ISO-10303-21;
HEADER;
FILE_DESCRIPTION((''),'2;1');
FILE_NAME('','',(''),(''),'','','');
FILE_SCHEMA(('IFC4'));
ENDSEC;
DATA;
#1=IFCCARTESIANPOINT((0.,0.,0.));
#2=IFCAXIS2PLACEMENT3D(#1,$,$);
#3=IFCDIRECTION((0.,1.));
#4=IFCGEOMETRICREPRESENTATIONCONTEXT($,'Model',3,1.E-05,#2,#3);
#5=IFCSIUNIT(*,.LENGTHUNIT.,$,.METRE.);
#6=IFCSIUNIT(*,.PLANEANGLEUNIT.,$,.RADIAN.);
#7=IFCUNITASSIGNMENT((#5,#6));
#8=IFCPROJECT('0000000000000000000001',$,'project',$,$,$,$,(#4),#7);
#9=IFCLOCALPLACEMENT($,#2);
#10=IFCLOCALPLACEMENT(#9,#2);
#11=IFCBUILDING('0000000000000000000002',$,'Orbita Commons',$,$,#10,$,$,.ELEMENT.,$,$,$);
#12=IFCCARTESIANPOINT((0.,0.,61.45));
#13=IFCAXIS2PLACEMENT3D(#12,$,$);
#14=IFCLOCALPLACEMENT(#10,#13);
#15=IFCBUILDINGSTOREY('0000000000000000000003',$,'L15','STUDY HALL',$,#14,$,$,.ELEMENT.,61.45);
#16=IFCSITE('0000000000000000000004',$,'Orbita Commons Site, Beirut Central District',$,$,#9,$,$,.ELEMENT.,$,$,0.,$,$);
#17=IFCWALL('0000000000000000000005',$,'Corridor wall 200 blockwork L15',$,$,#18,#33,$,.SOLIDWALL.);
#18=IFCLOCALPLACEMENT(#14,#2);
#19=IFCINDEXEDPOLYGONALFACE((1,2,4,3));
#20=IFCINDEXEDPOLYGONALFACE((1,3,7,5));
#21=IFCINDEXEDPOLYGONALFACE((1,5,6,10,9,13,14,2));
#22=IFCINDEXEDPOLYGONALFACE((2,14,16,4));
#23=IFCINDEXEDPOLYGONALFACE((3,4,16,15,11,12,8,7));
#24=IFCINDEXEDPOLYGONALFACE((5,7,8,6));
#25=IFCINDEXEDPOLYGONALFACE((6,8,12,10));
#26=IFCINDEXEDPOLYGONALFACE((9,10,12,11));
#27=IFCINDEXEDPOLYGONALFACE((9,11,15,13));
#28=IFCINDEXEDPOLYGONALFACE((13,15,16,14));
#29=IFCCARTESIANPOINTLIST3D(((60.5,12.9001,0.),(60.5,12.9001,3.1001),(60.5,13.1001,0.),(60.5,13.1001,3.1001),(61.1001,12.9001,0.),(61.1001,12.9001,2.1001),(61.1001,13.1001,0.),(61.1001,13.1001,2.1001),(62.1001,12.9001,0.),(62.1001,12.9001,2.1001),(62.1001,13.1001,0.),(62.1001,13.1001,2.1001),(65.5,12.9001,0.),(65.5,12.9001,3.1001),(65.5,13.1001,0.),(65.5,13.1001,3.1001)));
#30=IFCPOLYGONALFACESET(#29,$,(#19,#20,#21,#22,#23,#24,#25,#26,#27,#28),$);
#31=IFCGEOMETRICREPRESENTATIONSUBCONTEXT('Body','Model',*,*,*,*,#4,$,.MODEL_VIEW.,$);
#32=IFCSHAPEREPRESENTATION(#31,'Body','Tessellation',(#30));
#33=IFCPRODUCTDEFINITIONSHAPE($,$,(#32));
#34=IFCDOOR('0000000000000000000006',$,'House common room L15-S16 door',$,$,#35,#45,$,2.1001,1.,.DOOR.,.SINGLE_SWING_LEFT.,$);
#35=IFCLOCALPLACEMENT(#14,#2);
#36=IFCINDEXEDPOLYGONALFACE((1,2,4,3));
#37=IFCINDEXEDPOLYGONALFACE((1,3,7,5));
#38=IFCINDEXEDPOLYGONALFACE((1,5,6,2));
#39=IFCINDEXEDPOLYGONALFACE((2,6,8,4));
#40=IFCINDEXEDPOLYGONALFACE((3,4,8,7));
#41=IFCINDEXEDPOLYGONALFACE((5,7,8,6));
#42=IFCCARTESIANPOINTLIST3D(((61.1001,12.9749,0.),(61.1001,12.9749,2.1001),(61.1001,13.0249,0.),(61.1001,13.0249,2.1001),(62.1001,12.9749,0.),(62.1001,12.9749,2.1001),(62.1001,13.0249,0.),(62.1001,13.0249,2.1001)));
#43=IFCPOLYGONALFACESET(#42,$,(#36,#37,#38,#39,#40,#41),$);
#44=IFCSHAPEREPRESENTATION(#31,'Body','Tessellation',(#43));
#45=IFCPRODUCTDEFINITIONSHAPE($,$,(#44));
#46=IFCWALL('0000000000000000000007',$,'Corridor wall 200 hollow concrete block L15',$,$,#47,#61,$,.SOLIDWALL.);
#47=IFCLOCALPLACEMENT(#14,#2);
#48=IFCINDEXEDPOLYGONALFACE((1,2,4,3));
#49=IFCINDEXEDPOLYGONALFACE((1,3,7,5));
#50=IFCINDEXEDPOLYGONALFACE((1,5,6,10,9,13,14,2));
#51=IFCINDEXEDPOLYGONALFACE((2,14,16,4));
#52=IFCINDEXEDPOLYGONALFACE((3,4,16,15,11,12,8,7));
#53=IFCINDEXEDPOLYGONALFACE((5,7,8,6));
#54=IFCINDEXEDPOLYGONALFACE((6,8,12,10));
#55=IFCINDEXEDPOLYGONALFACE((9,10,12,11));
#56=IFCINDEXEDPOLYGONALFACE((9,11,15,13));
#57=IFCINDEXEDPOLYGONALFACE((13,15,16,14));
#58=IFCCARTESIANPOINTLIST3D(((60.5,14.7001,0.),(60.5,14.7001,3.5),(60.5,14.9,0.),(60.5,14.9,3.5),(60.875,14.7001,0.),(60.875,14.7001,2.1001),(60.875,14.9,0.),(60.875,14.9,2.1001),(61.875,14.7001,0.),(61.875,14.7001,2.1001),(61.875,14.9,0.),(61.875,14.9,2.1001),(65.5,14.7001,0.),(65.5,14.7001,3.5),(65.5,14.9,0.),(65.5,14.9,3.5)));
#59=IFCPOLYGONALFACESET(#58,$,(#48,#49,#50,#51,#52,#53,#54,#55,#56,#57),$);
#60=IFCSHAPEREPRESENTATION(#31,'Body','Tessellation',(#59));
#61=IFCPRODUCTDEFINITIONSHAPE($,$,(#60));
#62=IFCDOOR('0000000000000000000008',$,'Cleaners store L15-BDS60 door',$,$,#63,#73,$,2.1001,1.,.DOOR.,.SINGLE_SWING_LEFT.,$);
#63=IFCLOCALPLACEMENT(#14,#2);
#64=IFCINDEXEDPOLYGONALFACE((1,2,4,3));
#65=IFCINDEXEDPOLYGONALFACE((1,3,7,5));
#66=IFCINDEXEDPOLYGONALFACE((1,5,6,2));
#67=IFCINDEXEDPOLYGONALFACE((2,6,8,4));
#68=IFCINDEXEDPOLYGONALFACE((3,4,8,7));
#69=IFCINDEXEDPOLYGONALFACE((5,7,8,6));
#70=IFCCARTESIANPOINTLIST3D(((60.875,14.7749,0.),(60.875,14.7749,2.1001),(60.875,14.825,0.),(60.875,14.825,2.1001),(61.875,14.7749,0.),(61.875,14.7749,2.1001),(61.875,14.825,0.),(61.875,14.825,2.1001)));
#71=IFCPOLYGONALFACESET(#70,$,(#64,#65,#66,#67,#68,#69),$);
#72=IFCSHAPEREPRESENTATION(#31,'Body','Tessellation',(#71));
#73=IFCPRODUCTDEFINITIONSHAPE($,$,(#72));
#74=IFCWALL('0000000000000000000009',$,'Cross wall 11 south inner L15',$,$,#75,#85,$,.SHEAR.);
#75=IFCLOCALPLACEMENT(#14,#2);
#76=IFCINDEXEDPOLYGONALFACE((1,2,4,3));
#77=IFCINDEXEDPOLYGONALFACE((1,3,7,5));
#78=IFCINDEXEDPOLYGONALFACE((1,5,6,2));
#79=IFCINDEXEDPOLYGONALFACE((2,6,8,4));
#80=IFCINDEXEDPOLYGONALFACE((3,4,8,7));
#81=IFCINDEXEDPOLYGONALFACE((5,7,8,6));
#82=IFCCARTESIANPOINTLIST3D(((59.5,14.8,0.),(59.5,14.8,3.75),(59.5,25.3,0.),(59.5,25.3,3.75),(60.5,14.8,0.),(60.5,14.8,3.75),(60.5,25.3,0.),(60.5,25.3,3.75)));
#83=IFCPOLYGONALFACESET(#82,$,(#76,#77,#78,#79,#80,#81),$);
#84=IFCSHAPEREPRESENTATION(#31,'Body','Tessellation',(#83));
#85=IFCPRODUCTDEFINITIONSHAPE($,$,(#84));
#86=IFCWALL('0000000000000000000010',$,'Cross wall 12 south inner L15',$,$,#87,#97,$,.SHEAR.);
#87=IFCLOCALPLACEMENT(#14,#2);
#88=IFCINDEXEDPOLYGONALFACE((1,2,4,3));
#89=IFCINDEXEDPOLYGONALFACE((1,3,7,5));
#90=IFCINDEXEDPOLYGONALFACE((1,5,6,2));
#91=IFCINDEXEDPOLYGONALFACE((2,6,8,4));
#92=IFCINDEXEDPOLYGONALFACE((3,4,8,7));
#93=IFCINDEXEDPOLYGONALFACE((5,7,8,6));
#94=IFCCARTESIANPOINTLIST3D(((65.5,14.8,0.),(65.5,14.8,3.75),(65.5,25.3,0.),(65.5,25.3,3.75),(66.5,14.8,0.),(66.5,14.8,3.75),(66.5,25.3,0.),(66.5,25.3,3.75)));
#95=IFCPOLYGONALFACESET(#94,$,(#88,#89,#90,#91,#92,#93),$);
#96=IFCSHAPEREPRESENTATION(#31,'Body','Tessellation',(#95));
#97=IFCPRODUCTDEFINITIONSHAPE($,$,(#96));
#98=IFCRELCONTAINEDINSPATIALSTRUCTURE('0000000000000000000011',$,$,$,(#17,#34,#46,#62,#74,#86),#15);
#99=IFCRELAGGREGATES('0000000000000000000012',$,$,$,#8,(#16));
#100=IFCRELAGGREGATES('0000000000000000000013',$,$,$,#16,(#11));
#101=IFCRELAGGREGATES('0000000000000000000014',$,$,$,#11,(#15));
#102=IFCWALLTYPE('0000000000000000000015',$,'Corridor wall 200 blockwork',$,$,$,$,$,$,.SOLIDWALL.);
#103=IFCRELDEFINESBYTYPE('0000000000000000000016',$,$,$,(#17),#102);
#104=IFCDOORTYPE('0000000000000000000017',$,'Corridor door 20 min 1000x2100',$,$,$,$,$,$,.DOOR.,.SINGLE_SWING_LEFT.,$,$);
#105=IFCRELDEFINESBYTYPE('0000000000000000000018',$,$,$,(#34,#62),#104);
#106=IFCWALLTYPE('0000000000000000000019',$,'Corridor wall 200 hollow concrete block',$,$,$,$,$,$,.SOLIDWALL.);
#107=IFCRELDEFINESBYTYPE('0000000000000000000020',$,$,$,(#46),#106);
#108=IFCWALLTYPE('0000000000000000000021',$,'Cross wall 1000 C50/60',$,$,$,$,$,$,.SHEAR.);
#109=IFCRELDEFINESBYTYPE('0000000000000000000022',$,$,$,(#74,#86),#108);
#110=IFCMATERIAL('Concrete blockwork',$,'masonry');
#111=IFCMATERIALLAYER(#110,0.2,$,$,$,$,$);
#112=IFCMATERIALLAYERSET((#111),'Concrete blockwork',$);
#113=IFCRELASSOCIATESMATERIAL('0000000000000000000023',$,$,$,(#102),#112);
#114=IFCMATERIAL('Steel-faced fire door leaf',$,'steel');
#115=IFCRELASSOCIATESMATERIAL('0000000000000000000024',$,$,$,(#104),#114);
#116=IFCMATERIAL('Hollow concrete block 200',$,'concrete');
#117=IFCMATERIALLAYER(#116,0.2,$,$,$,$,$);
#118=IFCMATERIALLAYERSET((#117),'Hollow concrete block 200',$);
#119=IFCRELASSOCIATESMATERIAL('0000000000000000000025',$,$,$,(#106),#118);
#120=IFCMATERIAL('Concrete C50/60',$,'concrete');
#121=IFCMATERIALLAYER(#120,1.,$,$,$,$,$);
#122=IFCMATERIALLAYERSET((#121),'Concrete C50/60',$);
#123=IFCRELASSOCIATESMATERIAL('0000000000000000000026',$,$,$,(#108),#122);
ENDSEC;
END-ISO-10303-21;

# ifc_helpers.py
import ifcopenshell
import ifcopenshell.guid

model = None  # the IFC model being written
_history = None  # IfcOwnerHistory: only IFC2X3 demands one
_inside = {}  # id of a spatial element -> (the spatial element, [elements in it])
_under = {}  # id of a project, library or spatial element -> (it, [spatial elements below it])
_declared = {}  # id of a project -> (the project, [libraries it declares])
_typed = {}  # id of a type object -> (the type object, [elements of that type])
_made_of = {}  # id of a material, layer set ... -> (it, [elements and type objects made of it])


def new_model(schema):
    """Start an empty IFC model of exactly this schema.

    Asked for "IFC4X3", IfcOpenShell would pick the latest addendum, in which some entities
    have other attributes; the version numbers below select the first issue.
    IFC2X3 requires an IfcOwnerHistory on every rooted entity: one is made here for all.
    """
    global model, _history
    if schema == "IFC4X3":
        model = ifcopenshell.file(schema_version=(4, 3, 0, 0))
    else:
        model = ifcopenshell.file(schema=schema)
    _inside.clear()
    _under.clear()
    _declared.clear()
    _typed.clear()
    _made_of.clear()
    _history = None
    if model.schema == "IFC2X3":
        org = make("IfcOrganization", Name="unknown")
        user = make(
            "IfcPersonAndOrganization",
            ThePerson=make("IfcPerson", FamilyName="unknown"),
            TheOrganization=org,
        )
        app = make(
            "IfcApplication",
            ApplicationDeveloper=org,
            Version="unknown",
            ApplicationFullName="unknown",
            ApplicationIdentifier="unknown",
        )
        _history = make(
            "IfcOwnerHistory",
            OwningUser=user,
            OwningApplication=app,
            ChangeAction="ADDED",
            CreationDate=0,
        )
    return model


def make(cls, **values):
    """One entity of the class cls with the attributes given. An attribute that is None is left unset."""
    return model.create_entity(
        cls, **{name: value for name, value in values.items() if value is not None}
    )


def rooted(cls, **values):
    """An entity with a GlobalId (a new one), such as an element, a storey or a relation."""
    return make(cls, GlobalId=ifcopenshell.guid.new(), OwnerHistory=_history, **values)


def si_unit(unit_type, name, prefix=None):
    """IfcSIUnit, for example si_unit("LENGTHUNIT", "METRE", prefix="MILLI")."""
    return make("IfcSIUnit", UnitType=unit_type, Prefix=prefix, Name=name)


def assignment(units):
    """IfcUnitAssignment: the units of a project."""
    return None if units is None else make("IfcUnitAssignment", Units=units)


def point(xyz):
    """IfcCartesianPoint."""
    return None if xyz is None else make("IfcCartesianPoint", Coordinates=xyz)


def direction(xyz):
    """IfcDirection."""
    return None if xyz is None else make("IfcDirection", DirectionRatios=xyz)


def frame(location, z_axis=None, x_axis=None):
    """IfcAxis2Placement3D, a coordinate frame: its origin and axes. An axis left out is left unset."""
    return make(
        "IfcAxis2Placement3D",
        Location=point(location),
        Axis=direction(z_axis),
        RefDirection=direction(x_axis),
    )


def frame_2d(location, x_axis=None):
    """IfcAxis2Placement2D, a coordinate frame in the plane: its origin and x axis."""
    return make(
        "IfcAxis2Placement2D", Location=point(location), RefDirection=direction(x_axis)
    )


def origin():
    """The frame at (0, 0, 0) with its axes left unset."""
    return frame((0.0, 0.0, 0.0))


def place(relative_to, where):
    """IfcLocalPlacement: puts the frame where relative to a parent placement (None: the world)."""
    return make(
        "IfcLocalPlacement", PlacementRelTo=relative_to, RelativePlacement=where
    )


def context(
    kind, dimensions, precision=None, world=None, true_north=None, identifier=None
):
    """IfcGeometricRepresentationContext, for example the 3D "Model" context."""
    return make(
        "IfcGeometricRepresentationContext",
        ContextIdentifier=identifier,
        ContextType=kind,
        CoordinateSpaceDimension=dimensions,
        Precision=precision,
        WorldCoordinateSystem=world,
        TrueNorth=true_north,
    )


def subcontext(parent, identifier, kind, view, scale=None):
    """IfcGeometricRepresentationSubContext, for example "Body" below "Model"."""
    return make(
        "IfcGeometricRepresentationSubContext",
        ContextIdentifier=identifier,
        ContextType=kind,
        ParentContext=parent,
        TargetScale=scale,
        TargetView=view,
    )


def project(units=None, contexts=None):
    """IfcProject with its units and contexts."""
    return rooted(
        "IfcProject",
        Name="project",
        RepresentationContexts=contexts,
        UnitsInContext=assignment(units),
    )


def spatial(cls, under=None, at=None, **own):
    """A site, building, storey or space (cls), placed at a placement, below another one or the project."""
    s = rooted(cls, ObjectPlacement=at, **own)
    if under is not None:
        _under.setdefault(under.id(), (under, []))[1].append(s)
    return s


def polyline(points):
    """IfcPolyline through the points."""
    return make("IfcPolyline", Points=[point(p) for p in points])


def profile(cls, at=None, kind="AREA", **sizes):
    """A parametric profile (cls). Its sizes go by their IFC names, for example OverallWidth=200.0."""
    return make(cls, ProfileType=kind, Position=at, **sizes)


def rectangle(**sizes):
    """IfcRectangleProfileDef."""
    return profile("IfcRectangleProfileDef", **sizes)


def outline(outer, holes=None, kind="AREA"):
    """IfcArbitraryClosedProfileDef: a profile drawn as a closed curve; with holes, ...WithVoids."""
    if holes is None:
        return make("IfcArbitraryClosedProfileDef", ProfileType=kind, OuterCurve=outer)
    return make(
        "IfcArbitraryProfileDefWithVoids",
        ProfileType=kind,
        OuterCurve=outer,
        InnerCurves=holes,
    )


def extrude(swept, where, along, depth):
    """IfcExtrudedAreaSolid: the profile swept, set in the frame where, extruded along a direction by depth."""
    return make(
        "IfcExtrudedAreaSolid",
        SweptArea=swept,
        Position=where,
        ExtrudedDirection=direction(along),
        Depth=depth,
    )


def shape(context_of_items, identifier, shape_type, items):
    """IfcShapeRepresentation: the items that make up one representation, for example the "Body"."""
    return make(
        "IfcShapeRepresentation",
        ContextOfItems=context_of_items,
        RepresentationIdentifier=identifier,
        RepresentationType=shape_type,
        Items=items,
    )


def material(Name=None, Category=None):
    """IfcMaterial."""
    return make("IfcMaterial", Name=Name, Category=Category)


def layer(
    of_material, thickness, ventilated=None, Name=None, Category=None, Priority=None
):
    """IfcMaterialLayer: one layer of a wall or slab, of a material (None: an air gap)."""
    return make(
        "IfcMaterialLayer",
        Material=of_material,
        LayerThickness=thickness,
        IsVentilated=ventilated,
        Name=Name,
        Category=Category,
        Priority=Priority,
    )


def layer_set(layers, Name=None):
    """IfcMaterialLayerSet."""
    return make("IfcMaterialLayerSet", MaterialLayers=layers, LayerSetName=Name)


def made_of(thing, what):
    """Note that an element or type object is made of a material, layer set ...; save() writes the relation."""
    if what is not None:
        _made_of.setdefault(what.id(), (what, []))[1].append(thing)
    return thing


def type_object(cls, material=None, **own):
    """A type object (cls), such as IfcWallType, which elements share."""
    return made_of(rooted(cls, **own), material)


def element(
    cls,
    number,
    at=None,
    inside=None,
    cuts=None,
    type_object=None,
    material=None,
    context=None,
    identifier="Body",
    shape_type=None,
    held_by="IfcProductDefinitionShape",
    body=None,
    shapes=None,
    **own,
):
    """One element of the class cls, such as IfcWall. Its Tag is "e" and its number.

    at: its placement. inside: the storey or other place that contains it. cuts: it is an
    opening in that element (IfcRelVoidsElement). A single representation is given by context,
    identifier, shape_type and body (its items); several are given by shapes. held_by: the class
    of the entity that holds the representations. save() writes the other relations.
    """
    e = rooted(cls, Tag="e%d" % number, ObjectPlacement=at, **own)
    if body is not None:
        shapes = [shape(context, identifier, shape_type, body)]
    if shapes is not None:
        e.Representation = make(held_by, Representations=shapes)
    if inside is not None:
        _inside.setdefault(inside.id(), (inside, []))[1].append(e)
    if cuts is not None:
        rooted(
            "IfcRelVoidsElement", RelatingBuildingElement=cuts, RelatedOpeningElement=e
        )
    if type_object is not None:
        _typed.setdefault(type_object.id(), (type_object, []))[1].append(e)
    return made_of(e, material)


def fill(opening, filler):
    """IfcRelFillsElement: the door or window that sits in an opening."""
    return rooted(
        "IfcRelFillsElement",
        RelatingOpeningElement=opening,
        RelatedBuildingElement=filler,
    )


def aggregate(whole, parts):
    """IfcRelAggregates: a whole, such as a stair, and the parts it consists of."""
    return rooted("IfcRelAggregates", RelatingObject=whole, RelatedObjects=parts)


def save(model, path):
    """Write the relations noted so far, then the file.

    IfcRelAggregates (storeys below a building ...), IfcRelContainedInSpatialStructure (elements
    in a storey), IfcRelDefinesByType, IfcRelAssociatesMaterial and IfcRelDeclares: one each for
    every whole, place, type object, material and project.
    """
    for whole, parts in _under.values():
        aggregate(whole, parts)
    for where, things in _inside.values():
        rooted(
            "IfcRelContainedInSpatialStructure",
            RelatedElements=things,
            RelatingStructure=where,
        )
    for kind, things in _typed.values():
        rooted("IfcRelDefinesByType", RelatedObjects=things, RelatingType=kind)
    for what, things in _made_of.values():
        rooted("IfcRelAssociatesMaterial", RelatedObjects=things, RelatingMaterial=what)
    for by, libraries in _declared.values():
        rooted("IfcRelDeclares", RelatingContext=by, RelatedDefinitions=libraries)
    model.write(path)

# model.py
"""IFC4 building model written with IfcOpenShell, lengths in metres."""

from ifc_helpers import new_model, si_unit, direction, frame, frame_2d, origin, place, context, subcontext, project, spatial, polyline, rectangle, outline, extrude, material, layer, layer_set, type_object, element, fill, save


model = new_model("IFC4")

# Units and contexts
model_context = context("Model", 3, precision=1e-05, world=origin(), true_north=direction((0.0, 1.0)))
body_context = subcontext(model_context, "Body", "Model", "MODEL_VIEW")
ifc_project = project(units=[si_unit("LENGTHUNIT", "METRE"), si_unit("PLANEANGLEUNIT", "RADIAN")], contexts=[model_context])

# Site, building, storey
site_placement = place(None, origin())
site = spatial("IfcSite", under=ifc_project, at=site_placement, Name="Orbita Commons Site, Beirut Central District", CompositionType="ELEMENT", RefElevation=0.0)
building_placement = place(site_placement, origin())
building = spatial("IfcBuilding", under=site, at=building_placement, Name="Orbita Commons", CompositionType="ELEMENT")
storey_placement = place(building_placement, frame((0.0, 0.0, 61.45)))
storey = spatial("IfcBuildingStorey", under=building, at=storey_placement, Name="L15", Description="STUDY HALL", CompositionType="ELEMENT", Elevation=61.45)

# Walls, openings, doors
ifc_material_1 = material(Name="Concrete blockwork", Category="masonry")
ifc_layer_1 = layer(ifc_material_1, 0.2)
ifc_layer_set_1 = layer_set([ifc_layer_1], Name="Concrete blockwork")
wall_type_1 = type_object("IfcWallType", Name="Corridor wall 200 blockwork", PredefinedType="SOLIDWALL", material=ifc_layer_set_1)
wall_1_placement = place(storey_placement, frame((60.5, 13.0, 0.0), z_axis=(0.0, 0.0, 1.0), x_axis=(1.0, 0.0, 0.0)))
wall_1 = element("IfcWall", 1, at=wall_1_placement, inside=storey, type_object=wall_type_1, Name="Corridor wall 200 blockwork L15", PredefinedType="SOLIDWALL", context=body_context, shape_type="SweptSolid", body=[
    extrude(outline(polyline([(0.0, 0.0), (5.0, 0.0), (5.0, 3.1001), (0.0, 3.1001), (0.0, 0.0)])), frame((0.0, 0.1001, 0.0), z_axis=(0.0, -1.0, 0.0), x_axis=(1.0, 0.0, 0.0)), (0.0, 0.0, 1.0), 0.2),
])
opening_1_placement = place(wall_1_placement, frame((0.6001, 0.0, 0.0)))
opening_1 = element("IfcOpeningElement", 2, at=opening_1_placement, cuts=wall_1, PredefinedType="OPENING", context=body_context, shape_type="SweptSolid", body=[
    extrude(rectangle(XDim=1.0, YDim=2.1001, at=frame_2d((0.5, 1.05))), frame((0.0, 0.1099, 0.0), z_axis=(0.0, -1.0, 0.0), x_axis=(1.0, 0.0, 0.0)), (0.0, 0.0, 1.0), 0.22),
])
ifc_material_2 = material(Name="Steel-faced fire door leaf", Category="steel")
door_type_1 = type_object("IfcDoorType", Name="Corridor door 20 min 1000x2100", OperationType="SINGLE_SWING_LEFT", PredefinedType="DOOR", material=ifc_material_2)
door_1_placement = place(opening_1_placement, origin())
door_1 = element("IfcDoor", 3, at=door_1_placement, inside=storey, type_object=door_type_1, Name="House common room L15-S16 door", OperationType="SINGLE_SWING_LEFT", OverallHeight=2.1001, OverallWidth=1.0, PredefinedType="DOOR", context=body_context, shape_type="SweptSolid", body=[
    extrude(rectangle(XDim=1.0, YDim=2.1001, at=frame_2d((0.5, 1.05))), frame((0.0, 0.0249, 0.0), z_axis=(0.0, -1.0, 0.0), x_axis=(1.0, 0.0, 0.0)), (0.0, 0.0, 1.0), 0.05),
])
fill(opening_1, door_1)
ifc_material_3 = material(Name="Hollow concrete block 200", Category="concrete")
ifc_layer_2 = layer(ifc_material_3, 0.2)
ifc_layer_set_2 = layer_set([ifc_layer_2], Name="Hollow concrete block 200")
wall_type_2 = type_object("IfcWallType", Name="Corridor wall 200 hollow concrete block", PredefinedType="SOLIDWALL", material=ifc_layer_set_2)
wall_2_placement = place(storey_placement, frame((60.5, 14.8, 0.0), z_axis=(0.0, 0.0, 1.0), x_axis=(1.0, 0.0, 0.0)))
wall_2 = element("IfcWall", 4, at=wall_2_placement, inside=storey, type_object=wall_type_2, Name="Corridor wall 200 hollow concrete block L15", PredefinedType="SOLIDWALL", context=body_context, shape_type="SweptSolid", body=[
    extrude(rectangle(XDim=5.0, YDim=0.2, at=frame_2d((2.5, 0.0))), origin(), (0.0, 0.0, 1.0), 3.5),
])
opening_2_placement = place(wall_2_placement, frame((0.375, 0.0, 0.0)))
opening_2 = element("IfcOpeningElement", 5, at=opening_2_placement, cuts=wall_2, PredefinedType="OPENING", context=body_context, shape_type="SweptSolid", body=[
    extrude(rectangle(XDim=1.0, YDim=2.1001, at=frame_2d((0.5, 1.05))), frame((0.0, 0.1099, 0.0), z_axis=(0.0, -1.0, 0.0), x_axis=(1.0, 0.0, 0.0)), (0.0, 0.0, 1.0), 0.22),
])
door_2_placement = place(opening_2_placement, origin())
door_2 = element("IfcDoor", 6, at=door_2_placement, inside=storey, type_object=door_type_1, Name="Cleaners store L15-BDS60 door", OperationType="SINGLE_SWING_LEFT", OverallHeight=2.1001, OverallWidth=1.0, PredefinedType="DOOR", context=body_context, shape_type="SweptSolid", body=[
    extrude(rectangle(XDim=1.0, YDim=2.1001, at=frame_2d((0.5, 1.05))), frame((0.0, 0.0249, 0.0), z_axis=(0.0, -1.0, 0.0), x_axis=(1.0, 0.0, 0.0)), (0.0, 0.0, 1.0), 0.05),
])
fill(opening_2, door_2)

# Walls
ifc_material_4 = material(Name="Concrete C50/60", Category="concrete")
ifc_layer_3 = layer(ifc_material_4, 1.0)
ifc_layer_set_3 = layer_set([ifc_layer_3], Name="Concrete C50/60")
wall_type_3 = type_object("IfcWallType", Name="Cross wall 1000 C50/60", PredefinedType="SHEAR", material=ifc_layer_set_3)
for number, where, z_axis, x_axis, name in (
    (7, (60.0, 14.8, 0.0), (0.0, 0.0, 1.0), (0.0, 1.0, 0.0), "Cross wall 11 south inner L15"),
    (8, (66.0, 14.8, 0.0), (0.0, 0.0, 1.0), (0.0, 1.0, 0.0), "Cross wall 12 south inner L15"),
):
    element("IfcWall", number, at=place(storey_placement, frame(where, z_axis=z_axis, x_axis=x_axis)), inside=storey, type_object=wall_type_3, Name=name, PredefinedType="SHEAR", context=body_context, shape_type="SweptSolid", body=[
        extrude(rectangle(XDim=10.5, YDim=1.0, at=frame_2d((5.25, 0.0))), origin(), (0.0, 0.0, 1.0), 3.75),
    ])

save(model, "model.ifc")
